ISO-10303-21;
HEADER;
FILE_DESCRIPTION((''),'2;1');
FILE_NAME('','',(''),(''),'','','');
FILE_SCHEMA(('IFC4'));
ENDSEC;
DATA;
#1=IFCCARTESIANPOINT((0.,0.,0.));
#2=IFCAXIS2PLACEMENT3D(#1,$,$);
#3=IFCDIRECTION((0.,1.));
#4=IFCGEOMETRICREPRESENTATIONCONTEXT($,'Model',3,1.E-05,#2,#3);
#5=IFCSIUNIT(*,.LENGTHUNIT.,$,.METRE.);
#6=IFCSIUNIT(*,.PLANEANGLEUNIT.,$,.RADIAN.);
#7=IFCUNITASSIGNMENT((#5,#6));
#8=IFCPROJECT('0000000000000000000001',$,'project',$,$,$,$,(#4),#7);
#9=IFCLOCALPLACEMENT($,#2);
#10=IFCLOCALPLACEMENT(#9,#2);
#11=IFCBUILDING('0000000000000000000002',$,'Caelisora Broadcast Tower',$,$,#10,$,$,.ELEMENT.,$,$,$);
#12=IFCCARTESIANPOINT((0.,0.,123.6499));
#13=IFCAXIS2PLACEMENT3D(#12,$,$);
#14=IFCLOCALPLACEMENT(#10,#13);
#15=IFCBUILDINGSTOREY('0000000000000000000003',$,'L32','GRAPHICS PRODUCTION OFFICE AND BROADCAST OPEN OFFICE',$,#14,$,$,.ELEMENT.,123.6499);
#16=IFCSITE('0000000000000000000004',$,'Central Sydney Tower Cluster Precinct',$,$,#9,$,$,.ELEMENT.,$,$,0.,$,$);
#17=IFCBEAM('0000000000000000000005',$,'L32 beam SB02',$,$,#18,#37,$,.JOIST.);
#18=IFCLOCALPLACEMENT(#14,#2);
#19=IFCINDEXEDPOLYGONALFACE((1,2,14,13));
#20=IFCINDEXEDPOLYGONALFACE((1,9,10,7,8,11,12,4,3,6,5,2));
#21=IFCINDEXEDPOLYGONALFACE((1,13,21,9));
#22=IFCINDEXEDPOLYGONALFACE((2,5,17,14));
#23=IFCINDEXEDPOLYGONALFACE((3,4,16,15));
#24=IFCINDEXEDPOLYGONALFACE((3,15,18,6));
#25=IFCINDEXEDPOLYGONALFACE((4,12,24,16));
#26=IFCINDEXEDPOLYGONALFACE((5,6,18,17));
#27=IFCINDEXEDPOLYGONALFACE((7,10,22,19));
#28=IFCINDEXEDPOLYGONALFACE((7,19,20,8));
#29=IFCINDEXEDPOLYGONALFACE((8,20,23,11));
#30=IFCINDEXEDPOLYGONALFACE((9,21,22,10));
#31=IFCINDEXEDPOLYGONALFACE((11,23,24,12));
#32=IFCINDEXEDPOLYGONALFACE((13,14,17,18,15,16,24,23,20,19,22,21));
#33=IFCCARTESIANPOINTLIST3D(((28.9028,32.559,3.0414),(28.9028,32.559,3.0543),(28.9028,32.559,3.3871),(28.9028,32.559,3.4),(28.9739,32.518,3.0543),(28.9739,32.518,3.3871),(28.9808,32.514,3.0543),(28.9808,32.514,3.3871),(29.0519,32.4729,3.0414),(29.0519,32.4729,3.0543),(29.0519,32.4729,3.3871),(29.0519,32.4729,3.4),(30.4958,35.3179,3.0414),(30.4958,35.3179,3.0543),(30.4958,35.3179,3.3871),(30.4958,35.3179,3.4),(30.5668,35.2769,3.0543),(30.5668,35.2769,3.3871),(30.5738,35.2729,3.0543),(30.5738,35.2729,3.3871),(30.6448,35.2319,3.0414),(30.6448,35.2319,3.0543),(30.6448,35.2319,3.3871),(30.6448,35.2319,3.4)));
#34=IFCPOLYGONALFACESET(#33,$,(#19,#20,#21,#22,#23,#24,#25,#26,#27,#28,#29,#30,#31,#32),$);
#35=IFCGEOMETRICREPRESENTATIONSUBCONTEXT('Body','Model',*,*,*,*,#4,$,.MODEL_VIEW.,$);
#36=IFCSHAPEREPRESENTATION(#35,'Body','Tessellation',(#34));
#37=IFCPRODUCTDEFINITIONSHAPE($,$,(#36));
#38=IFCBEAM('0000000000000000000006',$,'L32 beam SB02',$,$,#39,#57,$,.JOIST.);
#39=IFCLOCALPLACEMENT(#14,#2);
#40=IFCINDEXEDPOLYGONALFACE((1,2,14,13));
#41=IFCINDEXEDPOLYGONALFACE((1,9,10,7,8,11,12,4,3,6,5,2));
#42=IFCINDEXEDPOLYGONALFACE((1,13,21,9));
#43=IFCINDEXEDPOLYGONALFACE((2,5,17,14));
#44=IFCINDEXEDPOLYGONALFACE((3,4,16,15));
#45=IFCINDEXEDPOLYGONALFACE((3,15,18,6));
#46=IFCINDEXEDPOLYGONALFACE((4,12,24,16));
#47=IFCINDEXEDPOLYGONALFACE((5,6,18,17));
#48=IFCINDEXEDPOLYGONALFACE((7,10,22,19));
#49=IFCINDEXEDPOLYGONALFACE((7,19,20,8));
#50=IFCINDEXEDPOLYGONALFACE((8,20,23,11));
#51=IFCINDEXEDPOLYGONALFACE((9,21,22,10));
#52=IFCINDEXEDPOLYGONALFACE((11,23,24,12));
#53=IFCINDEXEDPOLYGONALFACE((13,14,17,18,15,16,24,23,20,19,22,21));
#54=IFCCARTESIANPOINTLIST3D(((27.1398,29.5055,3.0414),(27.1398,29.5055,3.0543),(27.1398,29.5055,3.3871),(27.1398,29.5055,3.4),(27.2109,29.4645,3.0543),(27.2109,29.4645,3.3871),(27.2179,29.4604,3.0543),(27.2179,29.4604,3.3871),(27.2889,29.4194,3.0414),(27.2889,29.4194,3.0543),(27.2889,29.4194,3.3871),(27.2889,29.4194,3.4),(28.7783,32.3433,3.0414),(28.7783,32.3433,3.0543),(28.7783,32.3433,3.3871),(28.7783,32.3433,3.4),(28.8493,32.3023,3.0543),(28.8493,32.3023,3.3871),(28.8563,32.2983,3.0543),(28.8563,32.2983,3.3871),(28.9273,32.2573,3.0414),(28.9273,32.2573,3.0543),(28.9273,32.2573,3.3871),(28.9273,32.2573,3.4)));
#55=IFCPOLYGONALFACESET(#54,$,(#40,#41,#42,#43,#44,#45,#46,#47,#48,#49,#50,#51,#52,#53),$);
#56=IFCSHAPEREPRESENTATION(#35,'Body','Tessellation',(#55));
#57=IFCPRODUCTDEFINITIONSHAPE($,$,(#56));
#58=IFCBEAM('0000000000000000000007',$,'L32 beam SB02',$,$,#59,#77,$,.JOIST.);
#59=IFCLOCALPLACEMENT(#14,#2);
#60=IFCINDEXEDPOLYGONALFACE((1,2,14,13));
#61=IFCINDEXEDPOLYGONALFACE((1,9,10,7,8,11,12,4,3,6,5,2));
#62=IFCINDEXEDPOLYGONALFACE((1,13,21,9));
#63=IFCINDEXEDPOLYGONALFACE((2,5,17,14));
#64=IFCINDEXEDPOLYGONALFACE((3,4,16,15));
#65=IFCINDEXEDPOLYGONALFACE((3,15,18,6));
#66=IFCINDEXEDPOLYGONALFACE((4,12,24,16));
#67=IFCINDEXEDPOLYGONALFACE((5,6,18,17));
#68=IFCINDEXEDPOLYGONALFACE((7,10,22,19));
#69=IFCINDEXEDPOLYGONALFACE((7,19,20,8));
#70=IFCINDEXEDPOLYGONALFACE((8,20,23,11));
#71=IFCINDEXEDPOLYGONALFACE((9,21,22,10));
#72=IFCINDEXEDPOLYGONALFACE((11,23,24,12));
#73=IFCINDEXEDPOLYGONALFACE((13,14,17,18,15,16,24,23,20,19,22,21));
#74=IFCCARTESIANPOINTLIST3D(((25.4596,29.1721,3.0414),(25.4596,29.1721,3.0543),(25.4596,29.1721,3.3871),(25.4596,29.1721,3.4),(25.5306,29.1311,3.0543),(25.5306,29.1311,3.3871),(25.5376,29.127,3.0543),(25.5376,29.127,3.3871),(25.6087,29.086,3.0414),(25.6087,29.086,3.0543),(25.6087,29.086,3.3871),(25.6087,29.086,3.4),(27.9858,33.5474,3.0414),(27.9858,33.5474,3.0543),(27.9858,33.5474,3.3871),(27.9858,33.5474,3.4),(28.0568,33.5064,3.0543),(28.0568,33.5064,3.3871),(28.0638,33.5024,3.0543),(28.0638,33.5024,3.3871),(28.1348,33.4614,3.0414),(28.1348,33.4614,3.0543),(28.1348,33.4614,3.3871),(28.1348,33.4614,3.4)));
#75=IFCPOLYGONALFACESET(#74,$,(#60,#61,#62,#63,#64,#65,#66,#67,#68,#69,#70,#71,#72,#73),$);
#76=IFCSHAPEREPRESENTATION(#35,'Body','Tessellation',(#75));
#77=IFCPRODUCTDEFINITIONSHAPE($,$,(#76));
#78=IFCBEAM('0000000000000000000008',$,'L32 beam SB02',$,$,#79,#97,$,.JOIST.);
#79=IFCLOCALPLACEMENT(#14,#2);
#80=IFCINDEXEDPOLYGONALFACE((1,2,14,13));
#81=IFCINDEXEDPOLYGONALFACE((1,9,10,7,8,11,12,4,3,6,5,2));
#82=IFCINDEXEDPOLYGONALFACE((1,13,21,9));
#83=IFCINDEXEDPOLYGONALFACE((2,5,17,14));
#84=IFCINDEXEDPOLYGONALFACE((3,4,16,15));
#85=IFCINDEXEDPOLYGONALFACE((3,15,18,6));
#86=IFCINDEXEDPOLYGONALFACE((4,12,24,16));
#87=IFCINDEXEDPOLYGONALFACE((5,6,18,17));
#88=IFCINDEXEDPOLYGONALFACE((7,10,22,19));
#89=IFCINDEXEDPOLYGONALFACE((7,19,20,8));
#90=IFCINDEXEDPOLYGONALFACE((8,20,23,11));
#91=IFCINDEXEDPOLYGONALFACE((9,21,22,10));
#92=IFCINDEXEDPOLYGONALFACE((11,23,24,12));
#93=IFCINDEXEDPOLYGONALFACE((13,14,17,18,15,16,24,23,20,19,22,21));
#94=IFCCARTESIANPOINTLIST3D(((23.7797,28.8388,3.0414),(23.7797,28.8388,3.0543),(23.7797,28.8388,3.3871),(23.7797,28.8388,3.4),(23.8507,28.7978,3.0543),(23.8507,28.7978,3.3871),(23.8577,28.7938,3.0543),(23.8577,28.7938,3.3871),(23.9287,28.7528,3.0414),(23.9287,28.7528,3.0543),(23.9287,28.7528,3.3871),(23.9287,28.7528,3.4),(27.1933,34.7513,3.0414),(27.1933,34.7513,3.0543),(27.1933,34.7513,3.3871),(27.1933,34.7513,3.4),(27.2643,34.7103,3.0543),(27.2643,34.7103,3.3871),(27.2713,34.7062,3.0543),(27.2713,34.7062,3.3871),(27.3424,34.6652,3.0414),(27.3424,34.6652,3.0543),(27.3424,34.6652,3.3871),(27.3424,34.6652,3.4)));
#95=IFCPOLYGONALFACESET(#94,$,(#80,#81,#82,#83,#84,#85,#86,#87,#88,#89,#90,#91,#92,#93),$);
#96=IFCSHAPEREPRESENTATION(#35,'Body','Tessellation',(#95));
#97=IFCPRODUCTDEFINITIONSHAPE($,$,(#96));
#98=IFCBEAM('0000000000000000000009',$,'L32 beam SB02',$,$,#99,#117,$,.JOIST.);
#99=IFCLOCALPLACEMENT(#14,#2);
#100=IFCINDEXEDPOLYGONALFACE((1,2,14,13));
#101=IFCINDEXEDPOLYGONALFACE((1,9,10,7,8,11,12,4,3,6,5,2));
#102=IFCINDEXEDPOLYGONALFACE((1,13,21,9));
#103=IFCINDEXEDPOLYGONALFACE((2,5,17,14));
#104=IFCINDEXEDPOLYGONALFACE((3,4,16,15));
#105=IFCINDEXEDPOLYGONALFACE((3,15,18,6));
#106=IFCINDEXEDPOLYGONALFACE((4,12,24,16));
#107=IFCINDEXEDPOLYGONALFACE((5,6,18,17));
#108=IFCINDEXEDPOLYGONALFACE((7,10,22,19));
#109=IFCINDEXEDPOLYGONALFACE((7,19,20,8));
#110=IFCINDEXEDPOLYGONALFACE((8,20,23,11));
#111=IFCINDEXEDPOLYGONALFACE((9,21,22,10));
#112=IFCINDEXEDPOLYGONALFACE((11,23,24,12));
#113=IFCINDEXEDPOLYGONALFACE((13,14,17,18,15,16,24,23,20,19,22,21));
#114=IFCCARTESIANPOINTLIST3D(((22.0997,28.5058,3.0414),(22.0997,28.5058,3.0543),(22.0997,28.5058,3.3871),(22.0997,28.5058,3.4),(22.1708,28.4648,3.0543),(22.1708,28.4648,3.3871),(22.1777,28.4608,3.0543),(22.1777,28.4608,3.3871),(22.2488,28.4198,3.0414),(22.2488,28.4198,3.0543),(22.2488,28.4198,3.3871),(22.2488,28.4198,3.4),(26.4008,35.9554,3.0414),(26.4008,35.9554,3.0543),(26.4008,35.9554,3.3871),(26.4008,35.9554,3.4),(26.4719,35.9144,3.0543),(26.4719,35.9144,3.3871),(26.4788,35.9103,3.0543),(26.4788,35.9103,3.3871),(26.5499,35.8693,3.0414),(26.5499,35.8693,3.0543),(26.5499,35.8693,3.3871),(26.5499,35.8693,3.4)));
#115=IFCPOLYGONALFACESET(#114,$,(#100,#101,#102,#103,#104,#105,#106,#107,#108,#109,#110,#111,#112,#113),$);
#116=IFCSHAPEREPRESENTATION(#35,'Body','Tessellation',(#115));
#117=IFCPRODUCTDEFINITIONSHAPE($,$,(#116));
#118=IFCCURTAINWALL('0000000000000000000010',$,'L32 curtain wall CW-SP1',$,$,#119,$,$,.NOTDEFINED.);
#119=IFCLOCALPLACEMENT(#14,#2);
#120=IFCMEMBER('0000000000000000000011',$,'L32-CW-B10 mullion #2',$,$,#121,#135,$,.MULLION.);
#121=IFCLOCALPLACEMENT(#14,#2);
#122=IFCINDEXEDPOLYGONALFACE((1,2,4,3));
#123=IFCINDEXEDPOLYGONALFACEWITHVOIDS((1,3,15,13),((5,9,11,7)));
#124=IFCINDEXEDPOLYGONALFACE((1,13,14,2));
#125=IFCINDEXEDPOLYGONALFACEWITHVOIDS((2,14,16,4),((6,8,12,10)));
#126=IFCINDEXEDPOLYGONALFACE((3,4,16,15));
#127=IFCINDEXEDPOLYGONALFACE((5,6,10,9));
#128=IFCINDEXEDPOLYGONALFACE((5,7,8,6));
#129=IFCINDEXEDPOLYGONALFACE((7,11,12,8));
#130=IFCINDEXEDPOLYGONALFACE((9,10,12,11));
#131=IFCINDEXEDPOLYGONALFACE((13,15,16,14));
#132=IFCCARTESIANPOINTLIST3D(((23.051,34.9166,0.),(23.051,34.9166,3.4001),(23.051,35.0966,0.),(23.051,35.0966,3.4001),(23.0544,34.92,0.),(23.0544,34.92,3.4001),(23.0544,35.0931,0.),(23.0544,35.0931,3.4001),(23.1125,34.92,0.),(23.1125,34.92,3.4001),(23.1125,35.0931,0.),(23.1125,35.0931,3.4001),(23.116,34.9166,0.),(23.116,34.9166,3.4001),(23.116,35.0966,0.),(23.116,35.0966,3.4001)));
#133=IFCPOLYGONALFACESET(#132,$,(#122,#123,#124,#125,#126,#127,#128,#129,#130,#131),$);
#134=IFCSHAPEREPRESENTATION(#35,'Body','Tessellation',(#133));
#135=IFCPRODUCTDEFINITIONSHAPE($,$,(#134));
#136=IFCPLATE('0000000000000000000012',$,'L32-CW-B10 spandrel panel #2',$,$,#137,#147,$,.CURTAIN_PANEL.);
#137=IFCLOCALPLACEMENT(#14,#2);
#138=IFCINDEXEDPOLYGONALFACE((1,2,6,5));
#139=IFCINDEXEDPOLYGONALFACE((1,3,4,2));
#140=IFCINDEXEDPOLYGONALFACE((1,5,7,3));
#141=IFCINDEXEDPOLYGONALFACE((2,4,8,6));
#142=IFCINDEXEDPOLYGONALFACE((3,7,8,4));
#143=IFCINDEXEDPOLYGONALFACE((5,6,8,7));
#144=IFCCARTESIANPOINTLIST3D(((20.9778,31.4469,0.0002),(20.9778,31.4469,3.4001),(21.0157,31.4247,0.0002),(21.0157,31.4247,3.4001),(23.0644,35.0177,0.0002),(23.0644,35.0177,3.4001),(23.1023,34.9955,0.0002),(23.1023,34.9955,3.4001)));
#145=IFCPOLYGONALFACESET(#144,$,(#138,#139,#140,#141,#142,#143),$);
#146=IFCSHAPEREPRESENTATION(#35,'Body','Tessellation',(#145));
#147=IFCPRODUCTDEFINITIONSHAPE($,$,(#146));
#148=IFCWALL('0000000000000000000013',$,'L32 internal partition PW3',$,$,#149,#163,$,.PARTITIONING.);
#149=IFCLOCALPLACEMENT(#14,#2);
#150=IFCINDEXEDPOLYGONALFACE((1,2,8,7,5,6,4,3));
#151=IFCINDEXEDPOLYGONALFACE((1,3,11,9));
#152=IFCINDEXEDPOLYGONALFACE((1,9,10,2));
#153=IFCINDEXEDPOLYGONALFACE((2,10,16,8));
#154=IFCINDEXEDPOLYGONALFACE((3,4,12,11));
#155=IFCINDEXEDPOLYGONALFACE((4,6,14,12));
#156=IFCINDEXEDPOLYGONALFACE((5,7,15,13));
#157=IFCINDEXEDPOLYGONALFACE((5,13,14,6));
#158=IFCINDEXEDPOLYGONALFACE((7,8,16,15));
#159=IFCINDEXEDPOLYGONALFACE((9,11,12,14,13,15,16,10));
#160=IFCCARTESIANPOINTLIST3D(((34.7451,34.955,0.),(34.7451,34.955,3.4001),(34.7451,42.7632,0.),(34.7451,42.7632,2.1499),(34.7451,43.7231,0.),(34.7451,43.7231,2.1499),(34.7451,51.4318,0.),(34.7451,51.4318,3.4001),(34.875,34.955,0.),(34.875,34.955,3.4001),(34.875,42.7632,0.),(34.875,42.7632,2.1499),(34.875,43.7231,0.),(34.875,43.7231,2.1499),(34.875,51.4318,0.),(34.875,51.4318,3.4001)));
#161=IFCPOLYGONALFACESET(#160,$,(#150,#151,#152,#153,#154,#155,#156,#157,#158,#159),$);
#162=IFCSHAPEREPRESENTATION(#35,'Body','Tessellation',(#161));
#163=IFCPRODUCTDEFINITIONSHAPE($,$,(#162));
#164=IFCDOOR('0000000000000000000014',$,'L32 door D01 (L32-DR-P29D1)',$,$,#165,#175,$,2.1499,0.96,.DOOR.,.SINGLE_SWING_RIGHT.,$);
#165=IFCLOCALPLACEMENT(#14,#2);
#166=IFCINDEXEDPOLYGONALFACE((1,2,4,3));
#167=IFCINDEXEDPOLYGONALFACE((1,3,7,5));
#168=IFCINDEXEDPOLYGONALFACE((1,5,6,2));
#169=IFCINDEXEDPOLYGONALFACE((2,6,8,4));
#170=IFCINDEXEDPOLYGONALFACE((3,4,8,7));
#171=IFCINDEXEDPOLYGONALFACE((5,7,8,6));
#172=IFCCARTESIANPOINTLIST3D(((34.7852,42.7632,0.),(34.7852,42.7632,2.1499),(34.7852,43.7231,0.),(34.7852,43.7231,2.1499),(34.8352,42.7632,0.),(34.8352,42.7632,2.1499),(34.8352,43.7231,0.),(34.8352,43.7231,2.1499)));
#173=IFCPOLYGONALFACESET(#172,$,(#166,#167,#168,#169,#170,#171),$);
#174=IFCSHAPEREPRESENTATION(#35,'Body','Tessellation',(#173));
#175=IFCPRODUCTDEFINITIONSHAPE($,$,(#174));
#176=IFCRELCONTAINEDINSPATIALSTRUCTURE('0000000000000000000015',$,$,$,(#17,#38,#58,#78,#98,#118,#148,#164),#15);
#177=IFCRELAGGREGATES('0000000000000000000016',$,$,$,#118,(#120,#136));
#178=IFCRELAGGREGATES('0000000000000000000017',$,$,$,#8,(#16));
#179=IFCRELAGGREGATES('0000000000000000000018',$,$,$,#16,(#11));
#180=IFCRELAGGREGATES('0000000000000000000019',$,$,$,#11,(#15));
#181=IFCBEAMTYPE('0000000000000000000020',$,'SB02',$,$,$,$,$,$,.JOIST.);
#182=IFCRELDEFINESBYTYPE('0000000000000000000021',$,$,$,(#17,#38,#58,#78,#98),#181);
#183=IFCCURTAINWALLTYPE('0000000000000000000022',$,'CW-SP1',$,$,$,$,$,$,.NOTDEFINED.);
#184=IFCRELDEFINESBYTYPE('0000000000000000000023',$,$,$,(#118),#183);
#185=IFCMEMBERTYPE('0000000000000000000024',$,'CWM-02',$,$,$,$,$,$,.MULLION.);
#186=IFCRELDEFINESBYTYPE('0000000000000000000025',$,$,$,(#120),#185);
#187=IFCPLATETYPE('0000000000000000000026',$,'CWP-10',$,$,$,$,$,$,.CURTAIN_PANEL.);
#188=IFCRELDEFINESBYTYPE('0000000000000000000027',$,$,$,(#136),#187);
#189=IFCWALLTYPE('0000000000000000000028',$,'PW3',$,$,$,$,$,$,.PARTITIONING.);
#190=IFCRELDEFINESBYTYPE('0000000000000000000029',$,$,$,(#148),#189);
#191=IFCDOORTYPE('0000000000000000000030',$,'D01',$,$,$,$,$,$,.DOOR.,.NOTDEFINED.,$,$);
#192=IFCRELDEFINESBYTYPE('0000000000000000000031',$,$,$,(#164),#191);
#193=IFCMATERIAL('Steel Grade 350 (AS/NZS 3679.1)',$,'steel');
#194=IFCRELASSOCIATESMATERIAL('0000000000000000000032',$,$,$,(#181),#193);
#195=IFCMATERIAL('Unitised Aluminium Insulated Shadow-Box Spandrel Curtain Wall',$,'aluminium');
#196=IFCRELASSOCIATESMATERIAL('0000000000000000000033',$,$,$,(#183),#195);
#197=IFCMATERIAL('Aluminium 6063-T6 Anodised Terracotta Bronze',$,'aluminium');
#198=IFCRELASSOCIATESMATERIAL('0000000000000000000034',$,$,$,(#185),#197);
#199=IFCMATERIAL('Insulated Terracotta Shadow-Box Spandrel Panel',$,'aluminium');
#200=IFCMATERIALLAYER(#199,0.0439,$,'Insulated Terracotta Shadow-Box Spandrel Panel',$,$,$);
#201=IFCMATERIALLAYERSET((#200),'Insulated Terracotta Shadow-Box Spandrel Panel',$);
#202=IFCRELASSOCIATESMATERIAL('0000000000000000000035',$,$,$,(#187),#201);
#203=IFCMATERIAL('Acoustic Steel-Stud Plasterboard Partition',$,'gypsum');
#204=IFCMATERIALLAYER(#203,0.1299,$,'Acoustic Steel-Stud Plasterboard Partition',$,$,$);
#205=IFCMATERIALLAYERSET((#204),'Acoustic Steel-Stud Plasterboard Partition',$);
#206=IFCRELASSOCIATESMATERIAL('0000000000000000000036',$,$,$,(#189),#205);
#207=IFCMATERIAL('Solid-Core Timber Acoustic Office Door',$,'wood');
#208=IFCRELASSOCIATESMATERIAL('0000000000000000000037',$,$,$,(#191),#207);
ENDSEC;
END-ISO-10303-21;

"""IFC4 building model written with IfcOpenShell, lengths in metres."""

from ifc_helpers import new_model, si_unit, direction, frame, frame_2d, origin, origin_2d, place, context, subcontext, project, spatial, rectangle, hollow_rectangle, i_section, extrude, source, transform, mapped, material, layer, layer_set, material_profile, profile_set, type_object, type_shapes, element, fill, aggregate, save


model = new_model("IFC4")

# Units and contexts
model_context = context("Model", 3, precision=1e-05, world=origin(), true_north=direction((0.0, 1.0)))
body_context = subcontext(model_context, "Body", "Model", "MODEL_VIEW")
ifc_project = project(units=[si_unit("LENGTHUNIT", "METRE"), si_unit("PLANEANGLEUNIT", "RADIAN")], contexts=[model_context])

# Site, building, storey
site_placement = place(None, origin())
site = spatial("IfcSite", under=ifc_project, at=site_placement, Name="Central Sydney Tower Cluster Precinct", CompositionType="ELEMENT", RefElevation=0.0)
building_placement = place(site_placement, origin())
building = spatial("IfcBuilding", under=site, at=building_placement, Name="Caelisora Broadcast Tower", CompositionType="ELEMENT")
storey_placement = place(building_placement, frame((0.0, 0.0, 123.6499)))
storey = spatial("IfcBuildingStorey", under=building, at=storey_placement, Name="L32", Description="GRAPHICS PRODUCTION OFFICE AND BROADCAST OPEN OFFICE", CompositionType="ELEMENT", Elevation=123.6499)

# Beams
ifc_material_1 = material(Name="Steel Grade 350 (AS/NZS 3679.1)", Category="steel")
ifc_material_profile_1 = material_profile(ifc_material_1, i_section(OverallWidth=0.1721, OverallDepth=0.3586, WebThickness=0.0081, FlangeThickness=0.0129, at=origin_2d()), Name="Steel Grade 350 (AS/NZS 3679.1)")
ifc_profile_set_1 = profile_set([ifc_material_profile_1], Name="Steel Grade 350 (AS/NZS 3679.1)")
beam_type = type_object("IfcBeamType", Name="SB02", PredefinedType="JOIST", material=ifc_profile_set_1)
shared_shape_1 = source(origin(), body_context, "Body", "SweptSolid", [
    extrude(i_section(OverallWidth=0.1721, OverallDepth=0.3586, WebThickness=0.0081, FlangeThickness=0.0129, at=origin_2d()), origin(), (0.0, 0.0, 1.0), 3.1858),
])
beam_1_placement = place(storey_placement, frame((30.5703, 35.2749, 3.2207), z_axis=(-0.500021, -0.866013, 0.0), x_axis=(0.866013, -0.500021, 0.0)))
element("IfcBeam", 1, at=beam_1_placement, inside=storey, type_object=beam_type, Name="L32 beam SB02", PredefinedType="JOIST", context=body_context, shape_type="MappedRepresentation", body=[
    mapped(shared_shape_1, transform((0.0, 0.0, 0.0), scale=1.0)),
])
shared_shape_2 = source(origin(), body_context, "Body", "SweptSolid", [
    extrude(i_section(OverallWidth=0.1721, OverallDepth=0.3586, WebThickness=0.0081, FlangeThickness=0.0129, at=origin_2d()), origin(), (0.0, 0.0, 1.0), 3.2769),
])
beam_2_placement = place(storey_placement, frame((28.8528, 32.3003, 3.2207), z_axis=(-0.499993, -0.866029, 0.0), x_axis=(0.866029, -0.499993, 0.0)))
element("IfcBeam", 2, at=beam_2_placement, inside=storey, type_object=beam_type, Name="L32 beam SB02", PredefinedType="JOIST", context=body_context, shape_type="MappedRepresentation", body=[
    mapped(shared_shape_2, transform((0.0, 0.0, 0.0), scale=1.0)),
])
shared_shape_3 = source(origin(), body_context, "Body", "SweptSolid", [
    extrude(i_section(OverallWidth=0.1721, OverallDepth=0.3586, WebThickness=0.0081, FlangeThickness=0.0129, at=origin_2d()), origin(), (0.0, 0.0, 1.0), 5.0522),
])
beam_3_placement = place(storey_placement, frame((28.0603, 33.5044, 3.2207), z_axis=(-0.500011, -0.866019, 0.0), x_axis=(0.866019, -0.500011, 0.0)))
element("IfcBeam", 3, at=beam_3_placement, inside=storey, type_object=beam_type, Name="L32 beam SB02", PredefinedType="JOIST", context=body_context, shape_type="MappedRepresentation", body=[
    mapped(shared_shape_3, transform((0.0, 0.0, 0.0), scale=1.0)),
])
shared_shape_4 = source(origin(), body_context, "Body", "SweptSolid", [
    extrude(i_section(OverallWidth=0.1721, OverallDepth=0.3586, WebThickness=0.0081, FlangeThickness=0.0129, at=origin_2d()), origin(), (0.0, 0.0, 1.0), 6.8271),
])
beam_4_placement = place(storey_placement, frame((27.2678, 34.7083, 3.2207), z_axis=(-0.500008, -0.866021, 0.0), x_axis=(0.866021, -0.500008, 0.0)))
element("IfcBeam", 4, at=beam_4_placement, inside=storey, type_object=beam_type, Name="L32 beam SB02", PredefinedType="JOIST", context=body_context, shape_type="MappedRepresentation", body=[
    mapped(shared_shape_4, transform((0.0, 0.0, 0.0), scale=1.0)),
])
shared_shape_5 = source(origin(), body_context, "Body", "SweptSolid", [
    extrude(i_section(OverallWidth=0.1721, OverallDepth=0.3586, WebThickness=0.0081, FlangeThickness=0.0129, at=origin_2d()), origin(), (0.0, 0.0, 1.0), 8.6021),
])
type_shapes(beam_type, [shared_shape_1, shared_shape_2, shared_shape_3, shared_shape_4, shared_shape_5])
beam_5_placement = place(storey_placement, frame((26.4753, 35.9124, 3.2207), z_axis=(-0.500007, -0.866022, 0.0), x_axis=(0.866022, -0.500007, 0.0)))
element("IfcBeam", 5, at=beam_5_placement, inside=storey, type_object=beam_type, Name="L32 beam SB02", PredefinedType="JOIST", context=body_context, shape_type="MappedRepresentation", body=[
    mapped(shared_shape_5, transform((0.0, 0.0, 0.0), scale=1.0)),
])

# Curtain wall, member, plate
ifc_material_2 = material(Name="Unitised Aluminium Insulated Shadow-Box Spandrel Curtain Wall", Category="aluminium")
curtain_wall_type = type_object("IfcCurtainWallType", Name="CW-SP1", PredefinedType="NOTDEFINED", material=ifc_material_2)
curtain_wall_placement = place(storey_placement, origin())
curtain_wall = element("IfcCurtainWall", 6, at=curtain_wall_placement, inside=storey, type_object=curtain_wall_type, Name="L32 curtain wall CW-SP1", PredefinedType="NOTDEFINED")
ifc_material_3 = material(Name="Aluminium 6063-T6 Anodised Terracotta Bronze", Category="aluminium")
ifc_material_profile_2 = material_profile(ifc_material_3, hollow_rectangle(XDim=0.0649, YDim=0.1799, WallThickness=0.0034, at=origin_2d()), Name="Aluminium 6063-T6 Anodised Terracotta Bronze")
ifc_profile_set_2 = profile_set([ifc_material_profile_2], Name="Aluminium 6063-T6 Anodised Terracotta Bronze")
member_type = type_object("IfcMemberType", Name="CWM-02", PredefinedType="MULLION", material=ifc_profile_set_2)
shared_shape_6 = source(origin(), body_context, "Body", "SweptSolid", [
    extrude(hollow_rectangle(XDim=0.0649, YDim=0.1799, WallThickness=0.0034, at=origin_2d()), origin(), (0.0, 0.0, 1.0), 3.4001),
])
type_shapes(member_type, [shared_shape_6])
member_placement = place(storey_placement, frame((23.0835, 35.0066, 0.0), z_axis=(0.0, 0.0, 1.0), x_axis=(1.0, 0.0, 0.0)))
member = element("IfcMember", 7, at=member_placement, type_object=member_type, Name="L32-CW-B10 mullion #2", PredefinedType="MULLION", context=body_context, shape_type="MappedRepresentation", body=[
    mapped(shared_shape_6, transform((0.0, 0.0, 0.0), scale=1.0)),
])
ifc_material_4 = material(Name="Insulated Terracotta Shadow-Box Spandrel Panel", Category="aluminium")
ifc_layer_1 = layer(ifc_material_4, 0.0439, Name="Insulated Terracotta Shadow-Box Spandrel Panel")
ifc_layer_set_1 = layer_set([ifc_layer_1], Name="Insulated Terracotta Shadow-Box Spandrel Panel")
plate_type = type_object("IfcPlateType", Name="CWP-10", PredefinedType="CURTAIN_PANEL", material=ifc_layer_set_1)
shared_shape_7 = source(origin(), body_context, "Body", "SweptSolid", [
    extrude(rectangle(XDim=4.1357, YDim=0.0439, at=origin_2d()), origin(), (0.0, 0.0, 1.0), 3.3999),
])
type_shapes(plate_type, [shared_shape_7])
plate_placement = place(storey_placement, frame((22.04, 33.2212, 0.0002), z_axis=(0.0, 0.0, 1.0), x_axis=(0.504528, 0.863396, 0.0)))
plate = element("IfcPlate", 8, at=plate_placement, type_object=plate_type, Name="L32-CW-B10 spandrel panel #2", PredefinedType="CURTAIN_PANEL", context=body_context, shape_type="MappedRepresentation", body=[
    mapped(shared_shape_7, transform((0.0, 0.0, 0.0), scale=1.0)),
])
aggregate(curtain_wall, [member, plate])

# Wall, opening, door
ifc_material_5 = material(Name="Acoustic Steel-Stud Plasterboard Partition", Category="gypsum")
ifc_layer_2 = layer(ifc_material_5, 0.1299, Name="Acoustic Steel-Stud Plasterboard Partition")
ifc_layer_set_2 = layer_set([ifc_layer_2], Name="Acoustic Steel-Stud Plasterboard Partition")
wall_type_1 = type_object("IfcWallType", Name="PW3", PredefinedType="PARTITIONING", material=ifc_layer_set_2)
wall_1_placement = place(storey_placement, frame((34.8101, 34.9551, 0.0), z_axis=(0.0, 0.0, 1.0), x_axis=(0.0, 1.0, 0.0)))
wall_1 = element("IfcWall", 9, at=wall_1_placement, inside=storey, type_object=wall_type_1, Name="L32 internal partition PW3", PredefinedType="PARTITIONING", context=body_context, shape_type="SweptSolid", body=[
    extrude(rectangle(XDim=16.4768, YDim=0.1299, at=frame_2d((8.2383, 0.0))), origin(), (0.0, 0.0, 1.0), 3.4001),
])
opening_1_placement = place(wall_1_placement, frame((7.8081, 0.0, 0.0)))
opening_1 = element("IfcOpeningElement", 10, at=opening_1_placement, cuts=wall_1, PredefinedType="OPENING", context=body_context, shape_type="SweptSolid", body=[
    extrude(rectangle(XDim=0.96, YDim=2.1499, at=frame_2d((0.48, 1.075))), frame((0.0, 0.0769, 0.0), z_axis=(0.0, -1.0, 0.0), x_axis=(1.0, 0.0, 0.0)), (0.0, 0.0, 1.0), 0.1538),
])
ifc_material_6 = material(Name="Solid-Core Timber Acoustic Office Door", Category="wood")
door_type_1 = type_object("IfcDoorType", Name="D01", OperationType="NOTDEFINED", PredefinedType="DOOR", material=ifc_material_6)
door_1_placement = place(opening_1_placement, origin())
door_1 = element("IfcDoor", 11, at=door_1_placement, inside=storey, type_object=door_type_1, Name="L32 door D01 (L32-DR-P29D1)", OperationType="SINGLE_SWING_RIGHT", OverallHeight=2.1499, OverallWidth=0.96, PredefinedType="DOOR", context=body_context, shape_type="SweptSolid", body=[
    extrude(rectangle(XDim=0.96, YDim=2.1499, at=frame_2d((0.48, 1.075))), frame((0.0, 0.0249, 0.0), z_axis=(0.0, -1.0, 0.0), x_axis=(1.0, 0.0, 0.0)), (0.0, 0.0, 1.0), 0.05),
])
fill(opening_1, door_1)

save(model, "model.ifc")
